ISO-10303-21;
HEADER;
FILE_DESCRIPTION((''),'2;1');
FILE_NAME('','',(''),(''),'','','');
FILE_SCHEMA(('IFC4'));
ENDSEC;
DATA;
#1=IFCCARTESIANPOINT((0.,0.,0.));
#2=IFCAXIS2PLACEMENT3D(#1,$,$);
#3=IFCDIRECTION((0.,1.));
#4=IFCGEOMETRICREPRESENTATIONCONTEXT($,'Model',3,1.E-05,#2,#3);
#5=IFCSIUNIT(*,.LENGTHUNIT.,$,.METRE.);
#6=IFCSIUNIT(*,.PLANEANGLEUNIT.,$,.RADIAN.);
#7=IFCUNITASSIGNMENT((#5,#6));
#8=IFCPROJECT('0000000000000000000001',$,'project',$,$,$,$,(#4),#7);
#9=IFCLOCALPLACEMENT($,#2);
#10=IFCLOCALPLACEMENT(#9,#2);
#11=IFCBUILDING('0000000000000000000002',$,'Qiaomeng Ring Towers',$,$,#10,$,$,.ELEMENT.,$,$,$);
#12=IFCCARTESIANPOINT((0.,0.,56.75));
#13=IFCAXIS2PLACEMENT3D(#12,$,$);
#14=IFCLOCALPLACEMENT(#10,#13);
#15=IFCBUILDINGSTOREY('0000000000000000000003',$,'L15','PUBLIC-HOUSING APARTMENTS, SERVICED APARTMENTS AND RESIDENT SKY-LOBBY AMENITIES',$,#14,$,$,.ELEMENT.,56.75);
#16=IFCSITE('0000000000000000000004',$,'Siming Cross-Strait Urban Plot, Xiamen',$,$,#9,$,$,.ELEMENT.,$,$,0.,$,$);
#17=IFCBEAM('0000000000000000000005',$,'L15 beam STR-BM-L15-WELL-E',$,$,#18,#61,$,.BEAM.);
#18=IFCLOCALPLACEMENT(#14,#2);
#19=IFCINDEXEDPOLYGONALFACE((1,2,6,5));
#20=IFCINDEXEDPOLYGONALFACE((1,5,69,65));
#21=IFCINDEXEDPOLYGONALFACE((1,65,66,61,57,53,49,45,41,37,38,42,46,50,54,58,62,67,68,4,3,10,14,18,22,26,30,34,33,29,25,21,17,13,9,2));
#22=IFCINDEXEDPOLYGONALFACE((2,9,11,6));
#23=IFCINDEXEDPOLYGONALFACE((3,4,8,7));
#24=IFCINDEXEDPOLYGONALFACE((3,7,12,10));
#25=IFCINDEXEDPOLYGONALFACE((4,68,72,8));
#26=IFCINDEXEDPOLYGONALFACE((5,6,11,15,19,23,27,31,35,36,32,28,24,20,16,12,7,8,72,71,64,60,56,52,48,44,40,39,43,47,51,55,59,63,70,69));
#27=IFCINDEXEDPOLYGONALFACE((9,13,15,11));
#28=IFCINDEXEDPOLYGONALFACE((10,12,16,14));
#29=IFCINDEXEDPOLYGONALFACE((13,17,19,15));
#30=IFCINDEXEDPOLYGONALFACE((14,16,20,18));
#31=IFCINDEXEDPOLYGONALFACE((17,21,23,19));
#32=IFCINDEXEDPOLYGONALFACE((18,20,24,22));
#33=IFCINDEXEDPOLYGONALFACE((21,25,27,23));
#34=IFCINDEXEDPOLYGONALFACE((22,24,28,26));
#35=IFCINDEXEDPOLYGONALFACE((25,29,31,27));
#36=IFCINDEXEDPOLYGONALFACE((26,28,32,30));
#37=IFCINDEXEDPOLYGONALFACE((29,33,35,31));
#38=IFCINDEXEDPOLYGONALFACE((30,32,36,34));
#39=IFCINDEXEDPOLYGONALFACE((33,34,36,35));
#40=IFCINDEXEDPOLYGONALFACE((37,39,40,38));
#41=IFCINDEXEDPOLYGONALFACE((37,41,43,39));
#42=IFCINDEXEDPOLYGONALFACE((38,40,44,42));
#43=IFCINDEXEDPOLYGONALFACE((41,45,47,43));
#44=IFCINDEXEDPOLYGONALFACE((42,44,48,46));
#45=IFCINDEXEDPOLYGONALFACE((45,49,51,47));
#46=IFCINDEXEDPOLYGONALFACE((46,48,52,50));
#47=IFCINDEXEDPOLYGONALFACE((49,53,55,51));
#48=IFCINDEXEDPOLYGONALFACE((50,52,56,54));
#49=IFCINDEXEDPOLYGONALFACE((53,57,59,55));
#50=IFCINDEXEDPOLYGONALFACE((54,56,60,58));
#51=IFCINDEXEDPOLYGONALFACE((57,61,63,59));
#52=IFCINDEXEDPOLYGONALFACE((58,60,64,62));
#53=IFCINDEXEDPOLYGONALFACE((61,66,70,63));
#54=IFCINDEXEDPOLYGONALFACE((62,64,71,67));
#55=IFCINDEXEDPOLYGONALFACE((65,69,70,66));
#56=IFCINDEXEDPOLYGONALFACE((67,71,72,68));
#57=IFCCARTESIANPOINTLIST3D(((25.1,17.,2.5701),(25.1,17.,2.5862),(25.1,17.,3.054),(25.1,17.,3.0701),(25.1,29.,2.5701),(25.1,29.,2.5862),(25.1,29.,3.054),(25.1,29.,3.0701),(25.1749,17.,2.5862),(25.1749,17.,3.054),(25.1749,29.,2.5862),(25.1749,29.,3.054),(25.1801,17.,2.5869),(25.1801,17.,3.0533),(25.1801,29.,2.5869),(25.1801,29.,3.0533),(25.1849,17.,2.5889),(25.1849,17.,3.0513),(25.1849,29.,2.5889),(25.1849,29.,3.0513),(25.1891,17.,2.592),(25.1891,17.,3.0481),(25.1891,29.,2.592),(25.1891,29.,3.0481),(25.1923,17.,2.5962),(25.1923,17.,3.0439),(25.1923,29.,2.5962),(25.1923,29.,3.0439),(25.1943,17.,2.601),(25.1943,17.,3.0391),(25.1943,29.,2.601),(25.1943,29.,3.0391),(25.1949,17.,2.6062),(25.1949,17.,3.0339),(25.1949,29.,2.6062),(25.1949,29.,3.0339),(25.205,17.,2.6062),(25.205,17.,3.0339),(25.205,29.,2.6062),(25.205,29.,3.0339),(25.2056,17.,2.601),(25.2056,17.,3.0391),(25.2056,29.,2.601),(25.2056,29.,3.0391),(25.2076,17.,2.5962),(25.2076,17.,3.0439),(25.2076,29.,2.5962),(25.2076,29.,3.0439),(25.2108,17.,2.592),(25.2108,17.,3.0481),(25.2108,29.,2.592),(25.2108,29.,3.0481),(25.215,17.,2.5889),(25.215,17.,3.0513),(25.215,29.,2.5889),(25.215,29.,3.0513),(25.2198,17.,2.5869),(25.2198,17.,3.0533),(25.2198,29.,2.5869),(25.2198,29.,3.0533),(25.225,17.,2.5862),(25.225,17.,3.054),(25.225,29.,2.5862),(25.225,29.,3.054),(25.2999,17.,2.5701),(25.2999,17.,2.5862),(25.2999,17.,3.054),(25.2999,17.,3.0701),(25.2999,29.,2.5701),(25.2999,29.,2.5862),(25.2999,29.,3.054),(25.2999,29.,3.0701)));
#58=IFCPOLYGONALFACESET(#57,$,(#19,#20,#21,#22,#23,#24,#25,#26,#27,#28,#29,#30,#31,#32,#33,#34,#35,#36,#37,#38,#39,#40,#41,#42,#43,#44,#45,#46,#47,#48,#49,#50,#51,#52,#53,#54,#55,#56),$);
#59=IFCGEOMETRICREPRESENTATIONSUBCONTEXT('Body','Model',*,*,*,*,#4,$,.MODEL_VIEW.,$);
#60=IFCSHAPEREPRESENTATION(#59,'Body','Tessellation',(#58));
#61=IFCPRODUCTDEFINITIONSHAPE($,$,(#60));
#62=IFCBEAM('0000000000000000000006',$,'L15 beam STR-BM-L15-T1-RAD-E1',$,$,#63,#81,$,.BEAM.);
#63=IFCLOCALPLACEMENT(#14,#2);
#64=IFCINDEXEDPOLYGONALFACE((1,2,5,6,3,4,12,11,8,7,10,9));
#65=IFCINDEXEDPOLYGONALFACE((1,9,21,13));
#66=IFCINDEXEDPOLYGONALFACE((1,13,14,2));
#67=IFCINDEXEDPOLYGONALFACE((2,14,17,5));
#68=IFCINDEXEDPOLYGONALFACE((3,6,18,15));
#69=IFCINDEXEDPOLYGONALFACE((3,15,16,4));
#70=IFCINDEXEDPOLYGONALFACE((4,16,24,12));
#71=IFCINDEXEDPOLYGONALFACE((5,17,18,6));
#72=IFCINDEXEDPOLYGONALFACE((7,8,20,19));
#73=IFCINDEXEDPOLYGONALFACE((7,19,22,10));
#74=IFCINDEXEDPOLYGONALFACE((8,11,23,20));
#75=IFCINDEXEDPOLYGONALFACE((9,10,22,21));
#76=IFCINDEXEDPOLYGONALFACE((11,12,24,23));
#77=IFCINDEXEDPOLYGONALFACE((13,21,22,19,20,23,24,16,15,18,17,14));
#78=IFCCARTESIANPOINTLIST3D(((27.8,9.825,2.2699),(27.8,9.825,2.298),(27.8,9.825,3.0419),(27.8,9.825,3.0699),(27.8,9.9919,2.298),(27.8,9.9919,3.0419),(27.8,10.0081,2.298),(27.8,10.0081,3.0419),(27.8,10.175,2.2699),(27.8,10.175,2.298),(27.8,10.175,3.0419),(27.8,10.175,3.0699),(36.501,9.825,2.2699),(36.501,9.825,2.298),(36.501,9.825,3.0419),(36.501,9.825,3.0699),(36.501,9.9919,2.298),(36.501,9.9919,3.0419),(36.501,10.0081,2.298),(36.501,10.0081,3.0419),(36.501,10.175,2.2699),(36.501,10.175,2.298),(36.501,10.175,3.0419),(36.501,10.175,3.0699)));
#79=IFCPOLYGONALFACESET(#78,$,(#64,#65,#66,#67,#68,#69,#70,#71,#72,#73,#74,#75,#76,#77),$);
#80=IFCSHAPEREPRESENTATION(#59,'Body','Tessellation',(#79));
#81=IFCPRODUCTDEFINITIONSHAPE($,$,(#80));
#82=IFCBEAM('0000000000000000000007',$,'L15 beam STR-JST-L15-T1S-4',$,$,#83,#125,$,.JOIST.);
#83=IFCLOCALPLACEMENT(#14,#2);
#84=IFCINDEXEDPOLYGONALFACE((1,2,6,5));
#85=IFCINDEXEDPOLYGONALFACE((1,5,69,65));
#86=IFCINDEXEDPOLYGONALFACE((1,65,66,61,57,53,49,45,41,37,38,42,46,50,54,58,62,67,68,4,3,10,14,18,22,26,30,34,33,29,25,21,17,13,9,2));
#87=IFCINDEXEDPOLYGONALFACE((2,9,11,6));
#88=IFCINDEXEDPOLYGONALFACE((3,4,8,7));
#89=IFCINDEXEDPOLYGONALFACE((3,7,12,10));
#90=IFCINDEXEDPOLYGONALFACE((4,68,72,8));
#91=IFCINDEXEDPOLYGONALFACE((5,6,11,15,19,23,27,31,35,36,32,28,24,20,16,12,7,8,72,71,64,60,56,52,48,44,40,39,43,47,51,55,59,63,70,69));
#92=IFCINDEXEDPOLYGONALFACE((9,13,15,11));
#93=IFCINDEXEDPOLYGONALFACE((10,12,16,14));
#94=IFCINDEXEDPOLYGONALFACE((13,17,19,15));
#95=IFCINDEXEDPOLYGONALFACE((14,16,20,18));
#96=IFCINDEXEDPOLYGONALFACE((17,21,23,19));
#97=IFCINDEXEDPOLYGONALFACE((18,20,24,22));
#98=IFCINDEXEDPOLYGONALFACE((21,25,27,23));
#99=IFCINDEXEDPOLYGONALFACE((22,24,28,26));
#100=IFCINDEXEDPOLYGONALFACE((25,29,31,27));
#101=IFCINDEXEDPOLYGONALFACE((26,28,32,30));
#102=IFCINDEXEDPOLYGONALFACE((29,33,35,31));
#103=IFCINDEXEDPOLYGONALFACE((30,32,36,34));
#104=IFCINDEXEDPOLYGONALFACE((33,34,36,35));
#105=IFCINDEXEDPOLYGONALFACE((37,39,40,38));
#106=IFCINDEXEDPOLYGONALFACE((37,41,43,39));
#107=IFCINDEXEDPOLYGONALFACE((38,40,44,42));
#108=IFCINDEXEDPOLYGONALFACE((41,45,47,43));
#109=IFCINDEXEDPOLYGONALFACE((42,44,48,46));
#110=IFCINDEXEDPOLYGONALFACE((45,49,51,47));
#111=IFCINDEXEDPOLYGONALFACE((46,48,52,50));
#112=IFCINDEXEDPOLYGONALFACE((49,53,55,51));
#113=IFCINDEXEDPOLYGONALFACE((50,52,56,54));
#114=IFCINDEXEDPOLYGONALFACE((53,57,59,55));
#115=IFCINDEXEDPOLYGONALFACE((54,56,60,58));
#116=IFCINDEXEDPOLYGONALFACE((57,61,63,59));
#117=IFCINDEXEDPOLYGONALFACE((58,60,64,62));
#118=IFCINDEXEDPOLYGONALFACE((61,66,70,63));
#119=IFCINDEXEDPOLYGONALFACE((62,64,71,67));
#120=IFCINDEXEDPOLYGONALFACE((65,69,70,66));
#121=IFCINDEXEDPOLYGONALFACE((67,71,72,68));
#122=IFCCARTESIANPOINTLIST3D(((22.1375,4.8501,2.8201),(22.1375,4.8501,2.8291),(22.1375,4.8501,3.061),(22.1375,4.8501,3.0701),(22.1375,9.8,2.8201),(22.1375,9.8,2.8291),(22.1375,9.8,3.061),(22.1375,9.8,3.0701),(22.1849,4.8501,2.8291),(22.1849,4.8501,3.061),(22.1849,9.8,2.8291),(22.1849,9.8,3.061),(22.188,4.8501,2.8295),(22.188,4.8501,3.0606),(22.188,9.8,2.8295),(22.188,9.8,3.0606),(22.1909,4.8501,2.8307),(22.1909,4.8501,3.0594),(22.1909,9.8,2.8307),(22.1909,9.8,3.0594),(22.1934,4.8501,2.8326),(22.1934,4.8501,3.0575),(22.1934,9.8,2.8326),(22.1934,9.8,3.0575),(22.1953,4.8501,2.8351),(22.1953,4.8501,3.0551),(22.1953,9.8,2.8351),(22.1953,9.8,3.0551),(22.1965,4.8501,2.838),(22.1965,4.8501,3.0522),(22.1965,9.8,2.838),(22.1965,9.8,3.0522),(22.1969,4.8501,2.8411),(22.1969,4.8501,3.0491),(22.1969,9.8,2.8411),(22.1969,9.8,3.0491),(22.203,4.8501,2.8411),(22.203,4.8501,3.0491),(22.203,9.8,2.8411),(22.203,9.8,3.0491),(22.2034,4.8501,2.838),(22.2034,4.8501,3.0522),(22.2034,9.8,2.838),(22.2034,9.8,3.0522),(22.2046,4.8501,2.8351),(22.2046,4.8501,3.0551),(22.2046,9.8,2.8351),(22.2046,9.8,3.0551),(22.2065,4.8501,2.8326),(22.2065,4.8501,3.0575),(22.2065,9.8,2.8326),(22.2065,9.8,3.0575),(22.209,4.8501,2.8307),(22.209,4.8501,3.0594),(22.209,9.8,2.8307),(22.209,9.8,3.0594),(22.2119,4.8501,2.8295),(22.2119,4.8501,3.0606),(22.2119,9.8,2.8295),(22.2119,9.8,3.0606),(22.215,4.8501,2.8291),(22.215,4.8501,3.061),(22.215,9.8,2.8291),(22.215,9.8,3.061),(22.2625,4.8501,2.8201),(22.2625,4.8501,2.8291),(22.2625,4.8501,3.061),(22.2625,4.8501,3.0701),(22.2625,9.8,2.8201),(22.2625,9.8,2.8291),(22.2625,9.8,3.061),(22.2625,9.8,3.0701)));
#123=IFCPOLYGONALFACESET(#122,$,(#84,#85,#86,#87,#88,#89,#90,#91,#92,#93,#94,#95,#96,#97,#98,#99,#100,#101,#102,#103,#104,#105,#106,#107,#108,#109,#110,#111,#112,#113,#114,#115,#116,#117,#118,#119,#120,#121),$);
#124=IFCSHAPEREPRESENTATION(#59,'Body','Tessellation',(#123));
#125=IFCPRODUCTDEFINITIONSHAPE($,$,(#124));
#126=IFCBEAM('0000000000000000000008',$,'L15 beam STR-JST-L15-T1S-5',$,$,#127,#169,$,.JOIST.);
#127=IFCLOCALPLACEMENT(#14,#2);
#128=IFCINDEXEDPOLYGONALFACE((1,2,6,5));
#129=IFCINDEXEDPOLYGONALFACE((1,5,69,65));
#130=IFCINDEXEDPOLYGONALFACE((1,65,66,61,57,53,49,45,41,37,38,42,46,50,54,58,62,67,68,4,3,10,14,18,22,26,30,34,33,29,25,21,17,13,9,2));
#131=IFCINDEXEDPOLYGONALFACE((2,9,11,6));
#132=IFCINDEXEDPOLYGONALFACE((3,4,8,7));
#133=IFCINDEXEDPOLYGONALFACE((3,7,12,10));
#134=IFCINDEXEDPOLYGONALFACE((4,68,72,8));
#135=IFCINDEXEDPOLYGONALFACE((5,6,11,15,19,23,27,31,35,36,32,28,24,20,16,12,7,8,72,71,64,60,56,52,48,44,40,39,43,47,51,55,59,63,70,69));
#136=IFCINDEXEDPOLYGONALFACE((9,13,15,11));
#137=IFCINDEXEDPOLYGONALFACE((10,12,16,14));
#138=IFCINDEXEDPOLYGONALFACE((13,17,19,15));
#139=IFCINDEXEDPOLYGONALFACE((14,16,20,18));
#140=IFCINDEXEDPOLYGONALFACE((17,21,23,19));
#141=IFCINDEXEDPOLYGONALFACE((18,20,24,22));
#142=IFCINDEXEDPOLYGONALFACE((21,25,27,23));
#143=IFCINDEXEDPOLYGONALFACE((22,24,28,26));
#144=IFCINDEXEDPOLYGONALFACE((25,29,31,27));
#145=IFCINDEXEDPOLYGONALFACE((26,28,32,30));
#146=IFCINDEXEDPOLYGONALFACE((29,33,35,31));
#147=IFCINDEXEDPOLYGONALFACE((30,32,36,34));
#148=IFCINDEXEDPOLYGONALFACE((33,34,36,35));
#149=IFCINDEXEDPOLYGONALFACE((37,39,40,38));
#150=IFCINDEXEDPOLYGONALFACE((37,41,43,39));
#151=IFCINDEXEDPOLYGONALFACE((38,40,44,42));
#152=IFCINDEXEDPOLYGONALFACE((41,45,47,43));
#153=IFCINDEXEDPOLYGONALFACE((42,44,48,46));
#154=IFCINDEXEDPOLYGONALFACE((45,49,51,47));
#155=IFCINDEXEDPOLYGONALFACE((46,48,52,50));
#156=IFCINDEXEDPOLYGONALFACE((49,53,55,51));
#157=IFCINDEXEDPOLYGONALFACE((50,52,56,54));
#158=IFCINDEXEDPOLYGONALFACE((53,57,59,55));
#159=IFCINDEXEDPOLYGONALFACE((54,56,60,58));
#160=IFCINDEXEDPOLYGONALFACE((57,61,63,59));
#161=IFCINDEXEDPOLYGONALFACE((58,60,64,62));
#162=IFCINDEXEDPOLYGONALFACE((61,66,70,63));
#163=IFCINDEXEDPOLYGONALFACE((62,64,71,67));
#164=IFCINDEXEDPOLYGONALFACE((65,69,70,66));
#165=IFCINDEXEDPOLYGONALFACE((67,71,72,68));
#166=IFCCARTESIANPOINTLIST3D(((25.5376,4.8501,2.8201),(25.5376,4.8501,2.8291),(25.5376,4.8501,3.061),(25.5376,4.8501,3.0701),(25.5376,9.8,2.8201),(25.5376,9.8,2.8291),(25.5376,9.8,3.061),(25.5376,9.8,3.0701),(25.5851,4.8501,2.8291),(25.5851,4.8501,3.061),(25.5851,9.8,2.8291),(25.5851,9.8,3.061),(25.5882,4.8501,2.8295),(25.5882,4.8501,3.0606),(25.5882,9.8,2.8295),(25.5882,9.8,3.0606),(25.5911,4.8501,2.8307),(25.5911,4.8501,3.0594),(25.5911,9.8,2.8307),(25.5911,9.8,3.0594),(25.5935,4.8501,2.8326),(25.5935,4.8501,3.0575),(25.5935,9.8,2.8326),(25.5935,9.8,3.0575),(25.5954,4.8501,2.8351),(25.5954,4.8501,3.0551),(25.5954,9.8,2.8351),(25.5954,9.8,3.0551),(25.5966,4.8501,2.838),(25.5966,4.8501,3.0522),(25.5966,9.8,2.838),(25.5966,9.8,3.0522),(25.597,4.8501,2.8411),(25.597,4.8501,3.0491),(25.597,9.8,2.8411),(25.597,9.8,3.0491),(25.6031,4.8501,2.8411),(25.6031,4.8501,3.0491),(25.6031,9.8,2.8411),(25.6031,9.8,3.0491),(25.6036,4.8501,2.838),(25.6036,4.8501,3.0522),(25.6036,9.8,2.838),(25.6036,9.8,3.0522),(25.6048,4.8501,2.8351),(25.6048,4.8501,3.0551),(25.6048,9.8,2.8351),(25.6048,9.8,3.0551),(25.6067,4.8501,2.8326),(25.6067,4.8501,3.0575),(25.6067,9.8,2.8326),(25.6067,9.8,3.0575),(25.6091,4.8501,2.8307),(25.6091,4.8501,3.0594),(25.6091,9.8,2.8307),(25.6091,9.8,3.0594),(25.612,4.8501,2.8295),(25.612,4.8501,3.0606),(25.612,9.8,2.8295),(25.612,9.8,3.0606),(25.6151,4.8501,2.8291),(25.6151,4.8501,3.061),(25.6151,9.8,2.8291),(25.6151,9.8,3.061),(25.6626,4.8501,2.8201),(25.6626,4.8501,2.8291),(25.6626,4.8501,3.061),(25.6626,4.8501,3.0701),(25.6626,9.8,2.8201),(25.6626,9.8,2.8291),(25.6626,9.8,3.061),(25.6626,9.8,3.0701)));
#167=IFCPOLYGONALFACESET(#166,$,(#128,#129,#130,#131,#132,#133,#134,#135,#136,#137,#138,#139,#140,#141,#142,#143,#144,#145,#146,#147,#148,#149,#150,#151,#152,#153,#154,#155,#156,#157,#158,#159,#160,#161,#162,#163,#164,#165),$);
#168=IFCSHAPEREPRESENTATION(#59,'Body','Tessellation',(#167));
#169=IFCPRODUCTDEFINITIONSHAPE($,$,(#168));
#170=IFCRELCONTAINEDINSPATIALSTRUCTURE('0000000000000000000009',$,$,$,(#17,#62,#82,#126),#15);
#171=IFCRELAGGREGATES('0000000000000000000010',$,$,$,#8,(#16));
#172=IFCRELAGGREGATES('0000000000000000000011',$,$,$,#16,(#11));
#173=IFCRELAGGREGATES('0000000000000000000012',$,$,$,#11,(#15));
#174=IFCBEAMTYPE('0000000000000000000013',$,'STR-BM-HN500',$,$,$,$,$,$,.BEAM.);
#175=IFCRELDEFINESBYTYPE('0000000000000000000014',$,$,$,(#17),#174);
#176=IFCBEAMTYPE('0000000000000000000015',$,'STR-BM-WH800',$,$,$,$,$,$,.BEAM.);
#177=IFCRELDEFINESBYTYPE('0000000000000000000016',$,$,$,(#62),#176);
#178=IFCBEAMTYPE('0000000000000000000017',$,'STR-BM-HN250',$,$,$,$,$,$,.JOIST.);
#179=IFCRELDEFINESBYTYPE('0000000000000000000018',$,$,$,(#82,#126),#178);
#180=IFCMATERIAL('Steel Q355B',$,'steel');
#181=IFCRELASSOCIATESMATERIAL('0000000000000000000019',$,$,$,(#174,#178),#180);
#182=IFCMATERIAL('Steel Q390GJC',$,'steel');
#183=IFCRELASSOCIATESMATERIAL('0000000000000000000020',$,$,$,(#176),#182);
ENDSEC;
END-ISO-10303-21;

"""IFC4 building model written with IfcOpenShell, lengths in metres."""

from ifc_helpers import new_model, si_unit, direction, frame, origin, origin_2d, place, context, subcontext, project, spatial, i_section, extrude, source, transform, mapped, material, material_profile, profile_set, type_object, element, save


model = new_model("IFC4")

# Units and contexts
model_context = context("Model", 3, precision=1e-05, world=origin(), true_north=direction((0.0, 1.0)))
body_context = subcontext(model_context, "Body", "Model", "MODEL_VIEW")
ifc_project = project(units=[si_unit("LENGTHUNIT", "METRE"), si_unit("PLANEANGLEUNIT", "RADIAN")], contexts=[model_context])

# Site, building, storey
site_placement = place(None, origin())
site = spatial("IfcSite", under=ifc_project, at=site_placement, Name="Siming Cross-Strait Urban Plot, Xiamen", CompositionType="ELEMENT", RefElevation=0.0)
building_placement = place(site_placement, origin())
building = spatial("IfcBuilding", under=site, at=building_placement, Name="Qiaomeng Ring Towers", CompositionType="ELEMENT")
storey_placement = place(building_placement, frame((0.0, 0.0, 56.75)))
storey = spatial("IfcBuildingStorey", under=building, at=storey_placement, Name="L15", Description="PUBLIC-HOUSING APARTMENTS, SERVICED APARTMENTS AND RESIDENT SKY-LOBBY AMENITIES", CompositionType="ELEMENT", Elevation=56.75)

# Beams
ifc_material_1 = material(Name="Steel Q355B", Category="steel")
ifc_material_profile_1 = material_profile(ifc_material_1, i_section(OverallWidth=0.2, OverallDepth=0.5, WebThickness=0.01, FlangeThickness=0.0161, FilletRadius=0.02, at=origin_2d()), Name="HN 500x200x10x16")
ifc_profile_set_1 = profile_set([ifc_material_profile_1], Name="Steel Q355B")
beam_type_1 = type_object("IfcBeamType", Name="STR-BM-HN500", PredefinedType="BEAM", material=ifc_profile_set_1)
shared_shape_1 = source(origin(), body_context, "Body", "SweptSolid", [
    extrude(i_section(OverallWidth=0.2, OverallDepth=0.5, WebThickness=0.01, FlangeThickness=0.0161, FilletRadius=0.02, at=origin_2d()), origin(), (0.0, 0.0, 1.0), 12.0),
])
beam_1_placement = place(storey_placement, frame((25.2, 17.0, 2.8201), z_axis=(0.0, 1.0, 0.0), x_axis=(-1.0, 0.0, 0.0)))
element("IfcBeam", 1, at=beam_1_placement, inside=storey, type_object=beam_type_1, Name="L15 beam STR-BM-L15-WELL-E", PredefinedType="BEAM", context=body_context, shape_type="MappedRepresentation", body=[
    mapped(shared_shape_1, transform((0.0, 0.0, 0.0), x_axis=(1.0, 0.0, 0.0), y_axis=(0.0, 1.0, 0.0), z_axis=(0.0, 0.0, 1.0), scale=1.0)),
])
ifc_material_2 = material(Name="Steel Q390GJC", Category="steel")
ifc_material_profile_2 = material_profile(ifc_material_2, i_section(OverallWidth=0.3501, OverallDepth=0.8, WebThickness=0.0161, FlangeThickness=0.0281, at=origin_2d()), Name="WH 800x350x16x28")
ifc_profile_set_2 = profile_set([ifc_material_profile_2], Name="Steel Q390GJC")
beam_type_2 = type_object("IfcBeamType", Name="STR-BM-WH800", PredefinedType="BEAM", material=ifc_profile_set_2)
shared_shape_2 = source(origin(), body_context, "Body", "SweptSolid", [
    extrude(i_section(OverallWidth=0.3501, OverallDepth=0.8, WebThickness=0.0161, FlangeThickness=0.0281, at=origin_2d()), origin(), (0.0, 0.0, 1.0), 8.7009),
])
beam_2_placement = place(storey_placement, frame((27.8, 10.0, 2.6699), z_axis=(1.0, 0.0, 0.0), x_axis=(0.0, 1.0, 0.0)))
element("IfcBeam", 2, at=beam_2_placement, inside=storey, type_object=beam_type_2, Name="L15 beam STR-BM-L15-T1-RAD-E1", PredefinedType="BEAM", context=body_context, shape_type="MappedRepresentation", body=[
    mapped(shared_shape_2, transform((0.0, 0.0, 0.0), x_axis=(1.0, 0.0, 0.0), y_axis=(0.0, 1.0, 0.0), z_axis=(0.0, 0.0, 1.0), scale=1.0)),
])
ifc_material_profile_3 = material_profile(ifc_material_1, i_section(OverallWidth=0.125, OverallDepth=0.25, WebThickness=0.0061, FlangeThickness=0.009, FilletRadius=0.012, at=origin_2d()), Name="HN 250x125x6x9")
ifc_profile_set_3 = profile_set([ifc_material_profile_3], Name="Steel Q355B")
beam_type_3 = type_object("IfcBeamType", Name="STR-BM-HN250", PredefinedType="JOIST", material=ifc_profile_set_3)
shared_shape_3 = source(origin(), body_context, "Body", "SweptSolid", [
    extrude(i_section(OverallWidth=0.125, OverallDepth=0.25, WebThickness=0.0061, FlangeThickness=0.009, FilletRadius=0.012, at=origin_2d()), origin(), (0.0, 0.0, 1.0), 4.95),
])
for number, where, z_axis, x_axis, name in (
    (3, (22.2, 4.8501, 2.9451), (0.0, 1.0, 0.0), (-1.0, 0.0, 0.0), "L15 beam STR-JST-L15-T1S-4"),
    (4, (25.6001, 4.8501, 2.9451), (0.0, 1.0, 0.0), (-1.0, 0.0, 0.0), "L15 beam STR-JST-L15-T1S-5"),
):
    element("IfcBeam", number, at=place(storey_placement, frame(where, z_axis=z_axis, x_axis=x_axis)), inside=storey, type_object=beam_type_3, Name=name, PredefinedType="JOIST", context=body_context, shape_type="MappedRepresentation", body=[
        mapped(shared_shape_3, transform((0.0, 0.0, 0.0), x_axis=(1.0, 0.0, 0.0), y_axis=(0.0, 1.0, 0.0), z_axis=(0.0, 0.0, 1.0), scale=1.0)),
    ])

save(model, "model.ifc")
